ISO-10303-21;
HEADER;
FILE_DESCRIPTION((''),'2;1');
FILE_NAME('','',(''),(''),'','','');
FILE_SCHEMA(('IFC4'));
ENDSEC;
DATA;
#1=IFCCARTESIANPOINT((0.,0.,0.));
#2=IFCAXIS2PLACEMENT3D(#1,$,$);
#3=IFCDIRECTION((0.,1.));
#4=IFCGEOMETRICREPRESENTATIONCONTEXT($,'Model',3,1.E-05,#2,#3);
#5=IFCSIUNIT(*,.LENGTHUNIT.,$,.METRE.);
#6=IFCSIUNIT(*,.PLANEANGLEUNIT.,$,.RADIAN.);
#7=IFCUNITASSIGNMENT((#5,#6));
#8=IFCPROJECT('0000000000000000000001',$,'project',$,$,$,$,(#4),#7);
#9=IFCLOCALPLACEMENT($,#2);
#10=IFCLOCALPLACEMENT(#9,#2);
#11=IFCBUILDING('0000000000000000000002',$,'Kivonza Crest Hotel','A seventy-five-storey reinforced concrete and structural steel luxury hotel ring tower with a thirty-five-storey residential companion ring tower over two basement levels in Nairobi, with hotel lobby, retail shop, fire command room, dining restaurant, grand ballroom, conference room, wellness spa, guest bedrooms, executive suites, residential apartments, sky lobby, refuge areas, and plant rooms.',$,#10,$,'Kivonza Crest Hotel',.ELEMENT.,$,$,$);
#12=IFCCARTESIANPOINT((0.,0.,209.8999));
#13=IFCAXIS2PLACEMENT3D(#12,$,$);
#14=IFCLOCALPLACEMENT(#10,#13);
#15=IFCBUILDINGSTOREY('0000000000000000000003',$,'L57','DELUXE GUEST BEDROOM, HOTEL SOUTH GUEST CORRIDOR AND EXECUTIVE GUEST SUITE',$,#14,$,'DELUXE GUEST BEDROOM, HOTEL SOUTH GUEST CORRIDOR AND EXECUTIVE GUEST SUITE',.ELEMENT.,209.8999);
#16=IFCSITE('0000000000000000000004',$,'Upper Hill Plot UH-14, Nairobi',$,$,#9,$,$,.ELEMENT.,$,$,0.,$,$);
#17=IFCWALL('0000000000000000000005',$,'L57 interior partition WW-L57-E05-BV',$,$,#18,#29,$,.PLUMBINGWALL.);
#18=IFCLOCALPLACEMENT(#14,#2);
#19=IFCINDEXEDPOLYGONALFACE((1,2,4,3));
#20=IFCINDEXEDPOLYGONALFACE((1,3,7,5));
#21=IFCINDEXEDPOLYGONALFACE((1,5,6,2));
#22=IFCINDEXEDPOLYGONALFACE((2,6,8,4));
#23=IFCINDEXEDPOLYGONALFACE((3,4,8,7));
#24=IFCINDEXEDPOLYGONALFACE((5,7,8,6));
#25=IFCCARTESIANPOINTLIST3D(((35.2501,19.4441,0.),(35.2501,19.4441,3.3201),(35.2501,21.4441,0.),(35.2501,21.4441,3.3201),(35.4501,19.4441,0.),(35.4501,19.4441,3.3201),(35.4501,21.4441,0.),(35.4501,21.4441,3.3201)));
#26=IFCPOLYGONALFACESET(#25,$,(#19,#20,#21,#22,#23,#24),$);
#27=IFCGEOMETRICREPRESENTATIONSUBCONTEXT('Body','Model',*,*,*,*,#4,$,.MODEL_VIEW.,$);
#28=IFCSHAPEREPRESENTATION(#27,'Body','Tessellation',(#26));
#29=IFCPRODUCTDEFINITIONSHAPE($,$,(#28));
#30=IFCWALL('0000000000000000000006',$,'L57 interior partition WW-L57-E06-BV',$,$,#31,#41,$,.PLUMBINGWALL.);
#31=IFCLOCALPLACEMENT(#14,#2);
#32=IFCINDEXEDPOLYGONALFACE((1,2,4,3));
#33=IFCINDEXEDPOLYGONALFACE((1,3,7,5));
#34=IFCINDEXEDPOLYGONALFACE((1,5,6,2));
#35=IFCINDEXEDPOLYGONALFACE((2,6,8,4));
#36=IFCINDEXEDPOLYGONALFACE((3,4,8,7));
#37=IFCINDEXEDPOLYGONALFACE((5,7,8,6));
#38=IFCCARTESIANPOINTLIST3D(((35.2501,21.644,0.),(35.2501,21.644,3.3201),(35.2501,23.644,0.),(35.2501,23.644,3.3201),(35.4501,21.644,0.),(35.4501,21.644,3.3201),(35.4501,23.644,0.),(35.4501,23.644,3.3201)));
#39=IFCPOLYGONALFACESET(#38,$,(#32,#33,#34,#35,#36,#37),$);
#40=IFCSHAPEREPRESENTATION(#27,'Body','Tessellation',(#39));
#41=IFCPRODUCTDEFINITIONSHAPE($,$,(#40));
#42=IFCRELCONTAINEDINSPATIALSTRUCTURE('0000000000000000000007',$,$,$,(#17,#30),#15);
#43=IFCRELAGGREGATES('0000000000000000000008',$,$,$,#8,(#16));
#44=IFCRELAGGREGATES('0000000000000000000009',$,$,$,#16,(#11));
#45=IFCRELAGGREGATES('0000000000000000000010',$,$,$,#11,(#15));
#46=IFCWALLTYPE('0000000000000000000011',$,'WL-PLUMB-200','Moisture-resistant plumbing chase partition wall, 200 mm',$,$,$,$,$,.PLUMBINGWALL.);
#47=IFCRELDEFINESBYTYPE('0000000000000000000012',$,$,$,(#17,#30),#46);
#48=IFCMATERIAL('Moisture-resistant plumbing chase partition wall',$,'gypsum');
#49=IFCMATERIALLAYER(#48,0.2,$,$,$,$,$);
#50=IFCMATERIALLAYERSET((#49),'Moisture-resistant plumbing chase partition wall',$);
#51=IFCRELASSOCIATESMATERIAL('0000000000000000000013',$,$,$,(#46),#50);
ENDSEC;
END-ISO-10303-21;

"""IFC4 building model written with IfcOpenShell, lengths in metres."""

from ifc_helpers import new_model, si_unit, direction, frame, frame_2d, origin, place, context, subcontext, project, spatial, rectangle, extrude, material, layer, layer_set, type_object, element, save


model = new_model("IFC4")

# Units and contexts
model_context = context("Model", 3, precision=1e-05, world=origin(), true_north=direction((0.0, 1.0)))
body_context = subcontext(model_context, "Body", "Model", "MODEL_VIEW")
ifc_project = project(units=[si_unit("LENGTHUNIT", "METRE"), si_unit("PLANEANGLEUNIT", "RADIAN")], contexts=[model_context])

# Site, building, storey
site_placement = place(None, origin())
site = spatial("IfcSite", under=ifc_project, at=site_placement, Name="Upper Hill Plot UH-14, Nairobi", CompositionType="ELEMENT", RefElevation=0.0)
building_placement = place(site_placement, origin())
building = spatial("IfcBuilding", under=site, at=building_placement, Name="Kivonza Crest Hotel", Description="A seventy-five-storey reinforced concrete and structural steel luxury hotel ring tower with a thirty-five-storey residential companion ring tower over two basement levels in Nairobi, with hotel lobby, retail shop, fire command room, dining restaurant, grand ballroom, conference room, wellness spa, guest bedrooms, executive suites, residential apartments, sky lobby, refuge areas, and plant rooms.", LongName="Kivonza Crest Hotel", CompositionType="ELEMENT")
storey_placement = place(building_placement, frame((0.0, 0.0, 209.8999)))
storey = spatial("IfcBuildingStorey", under=building, at=storey_placement, Name="L57", Description="DELUXE GUEST BEDROOM, HOTEL SOUTH GUEST CORRIDOR AND EXECUTIVE GUEST SUITE", LongName="DELUXE GUEST BEDROOM, HOTEL SOUTH GUEST CORRIDOR AND EXECUTIVE GUEST SUITE", CompositionType="ELEMENT", Elevation=209.8999)

# Shared definitions
ifc_material_1 = material(Name="Moisture-resistant plumbing chase partition wall", Category="gypsum")
ifc_layer_1 = layer(ifc_material_1, 0.2)
ifc_layer_set_1 = layer_set([ifc_layer_1], Name="Moisture-resistant plumbing chase partition wall")
wall_type_1 = type_object("IfcWallType", Name="WL-PLUMB-200", Description="Moisture-resistant plumbing chase partition wall, 200 mm", PredefinedType="PLUMBINGWALL", material=ifc_layer_set_1)

# Walls
for number, where, z_axis, x_axis, name in (
    (1, (35.3501, 19.4441, 0.0), (0.0, 0.0, 1.0), (0.0, 1.0, 0.0), "L57 interior partition WW-L57-E05-BV"),
    (2, (35.3501, 21.644, 0.0), (0.0, 0.0, 1.0), (0.0, 1.0, 0.0), "L57 interior partition WW-L57-E06-BV"),
):
    element("IfcWall", number, at=place(storey_placement, frame(where, z_axis=z_axis, x_axis=x_axis)), inside=storey, type_object=wall_type_1, Name=name, PredefinedType="PLUMBINGWALL", context=body_context, shape_type="SweptSolid", body=[
        extrude(rectangle(XDim=2.0, YDim=0.2, at=frame_2d((1.0, 0.0))), origin(), (0.0, 0.0, 1.0), 3.3201),
    ])

save(model, "model.ifc")
